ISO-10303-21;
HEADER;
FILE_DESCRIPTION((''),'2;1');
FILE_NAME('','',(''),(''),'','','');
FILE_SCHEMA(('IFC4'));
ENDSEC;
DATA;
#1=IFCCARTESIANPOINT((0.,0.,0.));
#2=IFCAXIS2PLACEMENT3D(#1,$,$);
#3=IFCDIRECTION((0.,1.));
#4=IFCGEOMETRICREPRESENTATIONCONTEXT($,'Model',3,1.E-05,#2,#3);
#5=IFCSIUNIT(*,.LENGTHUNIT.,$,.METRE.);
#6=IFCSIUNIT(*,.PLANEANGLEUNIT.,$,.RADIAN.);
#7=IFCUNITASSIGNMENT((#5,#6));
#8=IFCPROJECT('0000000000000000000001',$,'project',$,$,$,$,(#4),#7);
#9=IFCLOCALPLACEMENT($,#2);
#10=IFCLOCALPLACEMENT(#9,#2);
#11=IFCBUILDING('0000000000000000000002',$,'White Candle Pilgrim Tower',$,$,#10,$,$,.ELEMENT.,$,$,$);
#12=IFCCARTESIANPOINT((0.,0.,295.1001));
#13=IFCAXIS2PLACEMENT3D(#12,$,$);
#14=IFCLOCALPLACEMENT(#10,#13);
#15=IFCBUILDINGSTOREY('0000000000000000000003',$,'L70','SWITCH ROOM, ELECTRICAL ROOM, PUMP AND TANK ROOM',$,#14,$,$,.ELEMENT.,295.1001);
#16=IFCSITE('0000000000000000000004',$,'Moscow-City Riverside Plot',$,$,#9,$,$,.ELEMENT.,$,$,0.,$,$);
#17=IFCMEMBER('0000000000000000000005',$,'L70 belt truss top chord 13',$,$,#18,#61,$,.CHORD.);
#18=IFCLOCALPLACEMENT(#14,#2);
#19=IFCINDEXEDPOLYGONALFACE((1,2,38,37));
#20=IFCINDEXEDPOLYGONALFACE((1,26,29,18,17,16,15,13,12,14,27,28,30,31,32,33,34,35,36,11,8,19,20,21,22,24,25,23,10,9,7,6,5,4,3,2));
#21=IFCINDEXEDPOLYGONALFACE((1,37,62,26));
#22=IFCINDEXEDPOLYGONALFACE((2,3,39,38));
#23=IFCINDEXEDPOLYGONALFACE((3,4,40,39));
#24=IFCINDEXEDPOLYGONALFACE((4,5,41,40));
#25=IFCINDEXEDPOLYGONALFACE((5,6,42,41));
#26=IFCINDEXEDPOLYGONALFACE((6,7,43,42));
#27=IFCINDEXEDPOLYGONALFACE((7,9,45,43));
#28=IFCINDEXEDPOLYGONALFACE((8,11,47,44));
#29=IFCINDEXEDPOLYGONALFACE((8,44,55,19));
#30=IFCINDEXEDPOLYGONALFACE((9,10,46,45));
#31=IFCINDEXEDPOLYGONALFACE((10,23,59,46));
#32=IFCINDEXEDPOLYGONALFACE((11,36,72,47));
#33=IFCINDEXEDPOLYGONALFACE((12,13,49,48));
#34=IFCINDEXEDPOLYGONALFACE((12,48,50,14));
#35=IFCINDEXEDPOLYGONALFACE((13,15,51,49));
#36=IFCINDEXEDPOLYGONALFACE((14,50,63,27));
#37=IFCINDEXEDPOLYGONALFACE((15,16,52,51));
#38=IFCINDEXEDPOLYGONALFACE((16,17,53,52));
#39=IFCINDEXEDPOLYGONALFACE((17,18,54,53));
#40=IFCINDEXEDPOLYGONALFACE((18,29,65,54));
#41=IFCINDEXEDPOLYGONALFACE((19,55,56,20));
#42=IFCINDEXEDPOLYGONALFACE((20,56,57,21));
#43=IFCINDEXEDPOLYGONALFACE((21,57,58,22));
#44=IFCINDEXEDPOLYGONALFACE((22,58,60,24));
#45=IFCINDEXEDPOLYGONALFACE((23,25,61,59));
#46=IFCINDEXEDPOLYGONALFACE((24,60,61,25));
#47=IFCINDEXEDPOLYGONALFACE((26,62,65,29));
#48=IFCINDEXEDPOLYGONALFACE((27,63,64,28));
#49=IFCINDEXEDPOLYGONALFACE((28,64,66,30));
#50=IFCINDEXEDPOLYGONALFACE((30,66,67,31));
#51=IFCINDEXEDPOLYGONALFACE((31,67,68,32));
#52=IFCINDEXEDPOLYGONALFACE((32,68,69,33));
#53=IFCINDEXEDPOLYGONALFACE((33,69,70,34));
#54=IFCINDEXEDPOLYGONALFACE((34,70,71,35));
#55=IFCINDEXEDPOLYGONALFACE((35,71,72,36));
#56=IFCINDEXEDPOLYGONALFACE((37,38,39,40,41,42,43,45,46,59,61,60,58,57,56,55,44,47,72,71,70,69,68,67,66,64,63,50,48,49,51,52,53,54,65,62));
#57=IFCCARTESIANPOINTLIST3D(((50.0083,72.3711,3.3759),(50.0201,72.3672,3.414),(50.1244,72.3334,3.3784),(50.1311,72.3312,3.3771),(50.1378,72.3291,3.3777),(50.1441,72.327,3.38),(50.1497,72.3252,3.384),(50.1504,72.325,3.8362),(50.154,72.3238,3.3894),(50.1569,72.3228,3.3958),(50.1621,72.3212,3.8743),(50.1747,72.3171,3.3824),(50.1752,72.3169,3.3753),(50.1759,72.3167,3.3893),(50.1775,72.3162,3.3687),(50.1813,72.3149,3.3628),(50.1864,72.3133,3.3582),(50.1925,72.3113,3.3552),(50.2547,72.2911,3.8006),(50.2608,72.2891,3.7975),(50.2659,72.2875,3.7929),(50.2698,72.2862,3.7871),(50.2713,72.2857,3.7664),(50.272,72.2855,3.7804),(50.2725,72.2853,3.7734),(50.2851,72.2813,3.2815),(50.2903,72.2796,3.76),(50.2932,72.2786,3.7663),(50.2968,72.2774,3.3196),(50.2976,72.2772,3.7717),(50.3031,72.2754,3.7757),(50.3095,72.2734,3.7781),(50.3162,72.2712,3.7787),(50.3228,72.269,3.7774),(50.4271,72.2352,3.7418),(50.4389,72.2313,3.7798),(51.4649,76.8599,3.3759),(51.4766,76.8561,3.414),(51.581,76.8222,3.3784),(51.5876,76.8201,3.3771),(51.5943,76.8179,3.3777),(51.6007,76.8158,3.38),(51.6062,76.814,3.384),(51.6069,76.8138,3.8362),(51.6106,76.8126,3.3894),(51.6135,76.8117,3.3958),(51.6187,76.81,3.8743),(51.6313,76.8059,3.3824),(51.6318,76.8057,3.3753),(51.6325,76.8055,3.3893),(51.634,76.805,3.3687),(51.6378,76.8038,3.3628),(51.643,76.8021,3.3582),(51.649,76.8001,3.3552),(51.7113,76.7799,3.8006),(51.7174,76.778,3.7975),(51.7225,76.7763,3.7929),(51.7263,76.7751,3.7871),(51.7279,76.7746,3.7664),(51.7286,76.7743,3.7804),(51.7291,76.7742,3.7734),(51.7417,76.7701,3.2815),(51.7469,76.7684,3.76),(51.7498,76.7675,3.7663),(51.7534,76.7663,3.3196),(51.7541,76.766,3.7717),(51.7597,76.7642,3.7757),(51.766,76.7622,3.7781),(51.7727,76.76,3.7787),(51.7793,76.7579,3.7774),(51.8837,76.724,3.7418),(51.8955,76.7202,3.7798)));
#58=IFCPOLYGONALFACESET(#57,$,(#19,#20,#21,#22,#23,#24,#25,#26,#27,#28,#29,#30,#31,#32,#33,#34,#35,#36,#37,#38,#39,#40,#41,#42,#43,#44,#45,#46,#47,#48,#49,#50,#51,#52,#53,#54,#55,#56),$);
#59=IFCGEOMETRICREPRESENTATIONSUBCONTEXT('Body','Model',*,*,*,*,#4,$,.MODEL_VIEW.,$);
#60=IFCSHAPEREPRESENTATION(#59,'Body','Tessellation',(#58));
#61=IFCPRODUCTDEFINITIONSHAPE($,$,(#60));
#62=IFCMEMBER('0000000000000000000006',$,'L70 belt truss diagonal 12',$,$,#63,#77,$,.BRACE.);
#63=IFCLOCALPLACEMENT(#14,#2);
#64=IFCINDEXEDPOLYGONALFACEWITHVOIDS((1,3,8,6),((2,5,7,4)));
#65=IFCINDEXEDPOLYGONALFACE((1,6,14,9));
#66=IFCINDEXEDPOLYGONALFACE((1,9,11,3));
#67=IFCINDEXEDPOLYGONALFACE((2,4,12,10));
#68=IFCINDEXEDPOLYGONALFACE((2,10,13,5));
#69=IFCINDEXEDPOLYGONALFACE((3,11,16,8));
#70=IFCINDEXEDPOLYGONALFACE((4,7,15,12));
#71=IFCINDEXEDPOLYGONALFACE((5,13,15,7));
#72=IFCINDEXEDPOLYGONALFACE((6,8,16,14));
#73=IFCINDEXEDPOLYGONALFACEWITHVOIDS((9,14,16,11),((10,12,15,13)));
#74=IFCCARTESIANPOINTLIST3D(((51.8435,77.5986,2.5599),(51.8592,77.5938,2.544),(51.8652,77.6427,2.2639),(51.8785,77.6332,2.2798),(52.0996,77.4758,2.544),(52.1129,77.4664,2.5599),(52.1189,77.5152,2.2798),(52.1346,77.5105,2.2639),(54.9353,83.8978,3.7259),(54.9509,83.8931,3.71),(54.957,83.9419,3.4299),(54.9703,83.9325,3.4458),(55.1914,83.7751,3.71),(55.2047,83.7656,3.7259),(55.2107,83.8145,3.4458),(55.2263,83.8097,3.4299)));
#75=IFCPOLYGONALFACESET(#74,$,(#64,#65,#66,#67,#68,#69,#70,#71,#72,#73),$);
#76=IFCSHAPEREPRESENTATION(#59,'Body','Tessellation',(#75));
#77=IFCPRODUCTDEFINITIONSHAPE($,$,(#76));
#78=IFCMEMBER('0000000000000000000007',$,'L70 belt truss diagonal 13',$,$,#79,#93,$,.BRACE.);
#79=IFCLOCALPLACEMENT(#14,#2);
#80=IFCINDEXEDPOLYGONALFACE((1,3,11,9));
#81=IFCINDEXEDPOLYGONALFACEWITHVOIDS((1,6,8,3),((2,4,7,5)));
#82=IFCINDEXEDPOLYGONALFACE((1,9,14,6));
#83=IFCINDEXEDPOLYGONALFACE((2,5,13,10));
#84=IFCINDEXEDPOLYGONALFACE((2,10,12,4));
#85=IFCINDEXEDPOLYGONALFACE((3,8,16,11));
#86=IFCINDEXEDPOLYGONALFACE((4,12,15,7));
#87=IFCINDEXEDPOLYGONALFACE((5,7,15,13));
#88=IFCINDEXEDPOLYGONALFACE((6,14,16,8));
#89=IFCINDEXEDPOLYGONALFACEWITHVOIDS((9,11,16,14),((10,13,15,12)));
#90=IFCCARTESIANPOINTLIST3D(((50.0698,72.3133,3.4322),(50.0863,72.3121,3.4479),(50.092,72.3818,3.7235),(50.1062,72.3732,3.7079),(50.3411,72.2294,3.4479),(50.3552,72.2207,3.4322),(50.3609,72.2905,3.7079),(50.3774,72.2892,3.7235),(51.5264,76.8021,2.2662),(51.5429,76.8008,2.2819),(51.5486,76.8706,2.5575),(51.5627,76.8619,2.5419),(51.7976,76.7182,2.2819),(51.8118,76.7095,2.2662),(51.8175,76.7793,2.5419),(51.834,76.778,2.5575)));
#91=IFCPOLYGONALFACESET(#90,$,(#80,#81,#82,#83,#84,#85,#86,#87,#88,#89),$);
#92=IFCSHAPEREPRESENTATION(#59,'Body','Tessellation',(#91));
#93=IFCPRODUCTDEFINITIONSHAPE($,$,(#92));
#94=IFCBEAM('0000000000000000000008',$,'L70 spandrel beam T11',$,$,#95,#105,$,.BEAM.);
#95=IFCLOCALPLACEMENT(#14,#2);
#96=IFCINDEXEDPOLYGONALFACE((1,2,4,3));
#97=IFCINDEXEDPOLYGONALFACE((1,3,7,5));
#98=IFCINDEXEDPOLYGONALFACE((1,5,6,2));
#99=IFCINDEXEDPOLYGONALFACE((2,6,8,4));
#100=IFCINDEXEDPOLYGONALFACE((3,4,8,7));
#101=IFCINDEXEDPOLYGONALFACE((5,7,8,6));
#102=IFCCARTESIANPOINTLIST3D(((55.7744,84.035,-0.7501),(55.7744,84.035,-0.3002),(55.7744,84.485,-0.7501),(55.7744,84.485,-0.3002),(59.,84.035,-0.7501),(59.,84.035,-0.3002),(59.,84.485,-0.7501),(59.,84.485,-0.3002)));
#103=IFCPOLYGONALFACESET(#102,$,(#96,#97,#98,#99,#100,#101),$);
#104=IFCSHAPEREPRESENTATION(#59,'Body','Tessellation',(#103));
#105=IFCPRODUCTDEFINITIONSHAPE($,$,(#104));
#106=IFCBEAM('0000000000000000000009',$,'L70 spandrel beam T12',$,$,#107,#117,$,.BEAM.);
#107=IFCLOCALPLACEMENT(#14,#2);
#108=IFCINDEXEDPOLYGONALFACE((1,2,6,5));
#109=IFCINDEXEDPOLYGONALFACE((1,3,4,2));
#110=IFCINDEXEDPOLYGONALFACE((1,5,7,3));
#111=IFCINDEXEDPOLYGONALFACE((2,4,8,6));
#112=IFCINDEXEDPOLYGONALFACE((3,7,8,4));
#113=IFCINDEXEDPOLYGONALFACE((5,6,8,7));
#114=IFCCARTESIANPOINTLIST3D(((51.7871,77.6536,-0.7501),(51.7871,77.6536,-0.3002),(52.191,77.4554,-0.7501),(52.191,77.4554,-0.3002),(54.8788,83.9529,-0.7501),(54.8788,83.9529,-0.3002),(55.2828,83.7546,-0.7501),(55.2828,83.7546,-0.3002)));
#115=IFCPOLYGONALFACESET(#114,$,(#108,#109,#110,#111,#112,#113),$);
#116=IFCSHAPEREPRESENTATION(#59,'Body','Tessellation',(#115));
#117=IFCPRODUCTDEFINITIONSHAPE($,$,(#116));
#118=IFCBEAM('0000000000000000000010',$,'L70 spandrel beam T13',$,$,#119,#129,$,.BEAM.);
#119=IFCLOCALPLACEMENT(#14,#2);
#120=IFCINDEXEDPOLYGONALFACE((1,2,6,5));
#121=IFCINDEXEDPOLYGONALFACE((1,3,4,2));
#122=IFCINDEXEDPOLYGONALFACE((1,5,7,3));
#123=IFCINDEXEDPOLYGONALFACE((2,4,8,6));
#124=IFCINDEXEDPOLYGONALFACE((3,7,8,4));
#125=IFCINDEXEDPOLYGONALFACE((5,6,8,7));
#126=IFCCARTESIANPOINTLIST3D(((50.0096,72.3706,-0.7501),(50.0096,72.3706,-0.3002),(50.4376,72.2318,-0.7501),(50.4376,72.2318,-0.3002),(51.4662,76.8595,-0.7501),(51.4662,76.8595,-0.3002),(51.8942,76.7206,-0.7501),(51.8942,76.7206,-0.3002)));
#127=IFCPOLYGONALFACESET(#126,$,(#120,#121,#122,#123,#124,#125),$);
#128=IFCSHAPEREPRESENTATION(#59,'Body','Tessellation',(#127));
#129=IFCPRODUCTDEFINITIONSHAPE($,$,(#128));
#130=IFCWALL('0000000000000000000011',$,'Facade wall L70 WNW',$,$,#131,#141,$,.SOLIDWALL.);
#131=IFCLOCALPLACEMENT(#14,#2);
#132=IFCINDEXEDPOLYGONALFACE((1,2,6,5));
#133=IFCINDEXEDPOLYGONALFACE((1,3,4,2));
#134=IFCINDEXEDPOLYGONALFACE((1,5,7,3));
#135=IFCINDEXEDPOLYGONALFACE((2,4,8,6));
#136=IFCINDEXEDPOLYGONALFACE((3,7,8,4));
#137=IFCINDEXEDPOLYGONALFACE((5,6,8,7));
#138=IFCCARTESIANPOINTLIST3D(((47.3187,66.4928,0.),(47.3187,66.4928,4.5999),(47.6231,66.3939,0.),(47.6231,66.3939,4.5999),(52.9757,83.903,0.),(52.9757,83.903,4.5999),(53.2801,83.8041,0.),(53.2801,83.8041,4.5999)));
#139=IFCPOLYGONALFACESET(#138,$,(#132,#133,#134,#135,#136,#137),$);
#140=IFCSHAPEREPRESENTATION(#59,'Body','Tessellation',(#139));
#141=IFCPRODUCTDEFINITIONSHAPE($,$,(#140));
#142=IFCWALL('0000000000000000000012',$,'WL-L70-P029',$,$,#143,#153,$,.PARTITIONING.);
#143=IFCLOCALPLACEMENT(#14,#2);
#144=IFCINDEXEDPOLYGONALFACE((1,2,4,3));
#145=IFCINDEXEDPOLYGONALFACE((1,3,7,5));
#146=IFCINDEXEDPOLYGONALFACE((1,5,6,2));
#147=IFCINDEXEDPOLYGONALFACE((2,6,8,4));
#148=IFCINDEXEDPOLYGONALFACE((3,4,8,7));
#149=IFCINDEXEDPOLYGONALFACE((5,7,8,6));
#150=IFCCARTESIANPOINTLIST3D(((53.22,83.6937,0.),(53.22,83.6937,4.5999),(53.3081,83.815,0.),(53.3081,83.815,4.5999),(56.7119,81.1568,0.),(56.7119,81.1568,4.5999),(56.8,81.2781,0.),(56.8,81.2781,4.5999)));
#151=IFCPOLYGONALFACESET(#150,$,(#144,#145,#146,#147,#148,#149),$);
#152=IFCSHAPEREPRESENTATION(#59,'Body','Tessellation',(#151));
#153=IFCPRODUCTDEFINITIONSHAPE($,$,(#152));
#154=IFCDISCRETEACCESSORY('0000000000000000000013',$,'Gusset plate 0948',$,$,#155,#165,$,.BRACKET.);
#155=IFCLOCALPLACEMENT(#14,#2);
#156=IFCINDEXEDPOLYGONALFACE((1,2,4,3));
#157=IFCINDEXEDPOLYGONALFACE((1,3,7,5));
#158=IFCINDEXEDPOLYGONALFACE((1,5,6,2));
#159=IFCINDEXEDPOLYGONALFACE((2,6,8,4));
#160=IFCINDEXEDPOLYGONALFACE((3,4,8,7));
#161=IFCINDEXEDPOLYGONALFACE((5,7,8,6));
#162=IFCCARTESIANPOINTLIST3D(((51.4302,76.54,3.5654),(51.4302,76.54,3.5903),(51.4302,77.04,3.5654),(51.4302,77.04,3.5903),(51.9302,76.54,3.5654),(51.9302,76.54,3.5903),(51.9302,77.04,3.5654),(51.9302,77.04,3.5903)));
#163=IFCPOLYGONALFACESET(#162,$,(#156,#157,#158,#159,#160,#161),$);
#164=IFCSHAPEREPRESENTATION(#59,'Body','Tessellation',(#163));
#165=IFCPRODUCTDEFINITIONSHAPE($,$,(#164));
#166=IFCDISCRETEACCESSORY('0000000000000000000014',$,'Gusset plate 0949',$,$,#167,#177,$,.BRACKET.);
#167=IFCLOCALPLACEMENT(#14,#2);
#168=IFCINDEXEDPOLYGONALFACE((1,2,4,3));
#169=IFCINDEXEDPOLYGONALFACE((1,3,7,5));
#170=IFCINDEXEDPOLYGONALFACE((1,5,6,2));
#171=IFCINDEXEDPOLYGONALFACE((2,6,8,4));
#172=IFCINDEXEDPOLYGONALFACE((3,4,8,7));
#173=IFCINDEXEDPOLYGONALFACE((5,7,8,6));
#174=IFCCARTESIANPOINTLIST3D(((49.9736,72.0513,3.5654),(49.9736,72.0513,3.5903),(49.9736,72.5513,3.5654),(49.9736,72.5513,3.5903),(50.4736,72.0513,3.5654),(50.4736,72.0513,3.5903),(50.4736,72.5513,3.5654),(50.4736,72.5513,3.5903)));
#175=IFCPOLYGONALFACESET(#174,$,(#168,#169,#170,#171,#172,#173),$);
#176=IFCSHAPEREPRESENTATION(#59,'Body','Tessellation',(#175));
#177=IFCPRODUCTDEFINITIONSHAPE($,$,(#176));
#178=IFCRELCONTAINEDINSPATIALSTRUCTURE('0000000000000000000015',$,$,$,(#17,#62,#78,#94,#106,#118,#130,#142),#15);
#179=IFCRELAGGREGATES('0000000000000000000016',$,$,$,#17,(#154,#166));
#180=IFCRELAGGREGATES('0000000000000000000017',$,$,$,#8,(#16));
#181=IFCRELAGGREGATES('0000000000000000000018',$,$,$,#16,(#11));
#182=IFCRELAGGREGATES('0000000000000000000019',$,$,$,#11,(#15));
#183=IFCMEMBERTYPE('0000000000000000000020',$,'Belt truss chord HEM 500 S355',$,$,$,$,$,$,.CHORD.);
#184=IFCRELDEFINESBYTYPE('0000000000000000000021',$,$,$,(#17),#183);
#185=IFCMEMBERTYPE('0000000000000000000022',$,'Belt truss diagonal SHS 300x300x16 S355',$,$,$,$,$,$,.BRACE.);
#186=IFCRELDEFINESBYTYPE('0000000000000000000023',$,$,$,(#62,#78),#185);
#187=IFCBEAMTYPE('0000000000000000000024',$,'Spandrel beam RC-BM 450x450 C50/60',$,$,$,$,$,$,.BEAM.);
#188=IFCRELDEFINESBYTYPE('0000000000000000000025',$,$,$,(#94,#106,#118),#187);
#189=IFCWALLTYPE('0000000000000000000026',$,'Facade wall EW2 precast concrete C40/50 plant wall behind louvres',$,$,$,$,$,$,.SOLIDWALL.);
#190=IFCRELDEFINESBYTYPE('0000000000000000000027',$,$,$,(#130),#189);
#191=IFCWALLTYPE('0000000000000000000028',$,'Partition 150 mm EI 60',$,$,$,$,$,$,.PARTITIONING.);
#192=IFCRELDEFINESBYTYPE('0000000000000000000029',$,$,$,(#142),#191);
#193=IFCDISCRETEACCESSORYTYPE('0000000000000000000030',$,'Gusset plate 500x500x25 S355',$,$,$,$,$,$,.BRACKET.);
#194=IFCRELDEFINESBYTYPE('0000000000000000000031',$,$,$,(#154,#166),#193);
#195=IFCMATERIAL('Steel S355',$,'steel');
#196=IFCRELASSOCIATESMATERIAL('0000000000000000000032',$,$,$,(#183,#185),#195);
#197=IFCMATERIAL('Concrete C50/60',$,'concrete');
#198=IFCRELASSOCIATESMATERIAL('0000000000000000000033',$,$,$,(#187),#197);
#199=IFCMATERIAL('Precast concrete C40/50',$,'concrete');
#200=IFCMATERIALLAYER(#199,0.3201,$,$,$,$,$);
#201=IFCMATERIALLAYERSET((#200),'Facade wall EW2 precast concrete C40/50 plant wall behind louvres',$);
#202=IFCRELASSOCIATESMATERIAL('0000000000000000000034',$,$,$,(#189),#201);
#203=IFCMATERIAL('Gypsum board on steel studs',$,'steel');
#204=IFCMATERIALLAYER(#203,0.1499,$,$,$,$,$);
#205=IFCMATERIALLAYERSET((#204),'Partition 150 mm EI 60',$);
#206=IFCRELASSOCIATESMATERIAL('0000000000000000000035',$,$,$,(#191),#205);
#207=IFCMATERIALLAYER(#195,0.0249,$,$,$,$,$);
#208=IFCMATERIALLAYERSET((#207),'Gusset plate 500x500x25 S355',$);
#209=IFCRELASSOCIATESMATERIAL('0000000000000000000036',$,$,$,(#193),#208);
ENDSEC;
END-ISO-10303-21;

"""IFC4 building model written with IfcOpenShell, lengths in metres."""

from ifc_helpers import new_model, si_unit, direction, frame, frame_2d, origin, origin_2d, place, context, subcontext, project, spatial, rectangle, hollow_rectangle, i_section, extrude, material, layer, layer_set, material_profile, profile_set, type_object, element, aggregate, save


model = new_model("IFC4")

# Units and contexts
model_context = context("Model", 3, precision=1e-05, world=origin(), true_north=direction((0.0, 1.0)))
body_context = subcontext(model_context, "Body", "Model", "MODEL_VIEW")
ifc_project = project(units=[si_unit("LENGTHUNIT", "METRE"), si_unit("PLANEANGLEUNIT", "RADIAN")], contexts=[model_context])

# Site, building, storey
site_placement = place(None, origin())
site = spatial("IfcSite", under=ifc_project, at=site_placement, Name="Moscow-City Riverside Plot", CompositionType="ELEMENT", RefElevation=0.0)
building_placement = place(site_placement, origin())
building = spatial("IfcBuilding", under=site, at=building_placement, Name="White Candle Pilgrim Tower", CompositionType="ELEMENT")
storey_placement = place(building_placement, frame((0.0, 0.0, 295.1001)))
storey = spatial("IfcBuildingStorey", under=building, at=storey_placement, Name="L70", Description="SWITCH ROOM, ELECTRICAL ROOM, PUMP AND TANK ROOM", CompositionType="ELEMENT", Elevation=295.1001)

# Member
ifc_material_1 = material(Name="Steel S355", Category="steel")
ifc_material_profile_1 = material_profile(ifc_material_1, i_section(OverallWidth=0.3059, OverallDepth=0.5239, WebThickness=0.021, FlangeThickness=0.04, FilletRadius=0.0271, at=origin_2d()), Name="HEM 500")
ifc_profile_set_1 = profile_set([ifc_material_profile_1], Name="Steel S355")
member_type_1 = type_object("IfcMemberType", Name="Belt truss chord HEM 500 S355", PredefinedType="CHORD", material=ifc_profile_set_1)
member_1_placement = place(storey_placement, frame((51.6802, 76.79, 3.5779), z_axis=(-0.308644, -0.951178, 0.0), x_axis=(0.90474, -0.293576, -0.30864)))
member_1 = element("IfcMember", 1, at=member_1_placement, inside=storey, type_object=member_type_1, Name="L70 belt truss top chord 13", PredefinedType="CHORD", context=body_context, shape_type="SweptSolid", body=[
    extrude(i_section(OverallWidth=0.3059, OverallDepth=0.5239, WebThickness=0.021, FlangeThickness=0.04, FilletRadius=0.0271, at=origin_2d()), origin(), (0.0, 0.0, 1.0), 4.7192),
])

# Members
ifc_material_profile_2 = material_profile(ifc_material_1, hollow_rectangle(XDim=0.3, YDim=0.3, WallThickness=0.0161, at=origin_2d()), Name="SHS 300x300x16")
ifc_profile_set_2 = profile_set([ifc_material_profile_2], Name="Steel S355")
member_type_2 = type_object("IfcMemberType", Name="Belt truss diagonal SHS 300x300x16 S355", PredefinedType="BRACE", material=ifc_profile_set_2)
member_2_placement = place(storey_placement, frame((55.0808, 83.8538, 3.5779), z_axis=(-0.434645, -0.885559, -0.163919), x_axis=(0.897701, -0.440605, 0.0)))
element("IfcMember", 2, at=member_2_placement, inside=storey, type_object=member_type_2, Name="L70 belt truss diagonal 12", PredefinedType="BRACE", context=body_context, shape_type="SweptSolid", body=[
    extrude(hollow_rectangle(XDim=0.3, YDim=0.3, WallThickness=0.0161, at=origin_2d()), origin(), (0.0, 0.0, 1.0), 7.1133),
])
member_3_placement = place(storey_placement, frame((51.6802, 76.79, 2.4119), z_axis=(-0.299633, -0.923409, 0.239867), x_axis=(0.951178, -0.308644, 0.0)))
element("IfcMember", 3, at=member_3_placement, inside=storey, type_object=member_type_2, Name="L70 belt truss diagonal 13", PredefinedType="BRACE", context=body_context, shape_type="SweptSolid", body=[
    extrude(hollow_rectangle(XDim=0.3, YDim=0.3, WallThickness=0.0161, at=origin_2d()), origin(), (0.0, 0.0, 1.0), 4.8611),
])

# Beams
ifc_material_2 = material(Name="Concrete C50/60", Category="concrete")
ifc_material_profile_3 = material_profile(ifc_material_2, rectangle(XDim=0.45, YDim=0.45, at=origin_2d()), Name="RC-BM 450x450")
ifc_profile_set_3 = profile_set([ifc_material_profile_3], Name="Concrete C50/60")
beam_type = type_object("IfcBeamType", Name="Spandrel beam RC-BM 450x450 C50/60", PredefinedType="BEAM", material=ifc_profile_set_3)
beam_1_placement = place(storey_placement, frame((55.7744, 84.26, -0.5251), z_axis=(1.0, 0.0, 0.0), x_axis=(0.0, 1.0, 0.0)))
element("IfcBeam", 4, at=beam_1_placement, inside=storey, type_object=beam_type, Name="L70 spandrel beam T11", PredefinedType="BEAM", context=body_context, shape_type="SweptSolid", body=[
    extrude(rectangle(XDim=0.45, YDim=0.45, at=origin_2d()), origin(), (0.0, 0.0, 1.0), 3.2256),
])
beam_2_placement = place(storey_placement, frame((55.0808, 83.8538, -0.5251), z_axis=(-0.440605, -0.897701, 0.0), x_axis=(0.897701, -0.440605, 0.0)))
element("IfcBeam", 5, at=beam_2_placement, inside=storey, type_object=beam_type, Name="L70 spandrel beam T12", PredefinedType="BEAM", context=body_context, shape_type="SweptSolid", body=[
    extrude(rectangle(XDim=0.45, YDim=0.45, at=origin_2d()), origin(), (0.0, 0.0, 1.0), 7.0171),
])
beam_3_placement = place(storey_placement, frame((51.6802, 76.79, -0.5251), z_axis=(-0.308644, -0.951178, 0.0), x_axis=(0.951178, -0.308644, 0.0)))
element("IfcBeam", 6, at=beam_3_placement, inside=storey, type_object=beam_type, Name="L70 spandrel beam T13", PredefinedType="BEAM", context=body_context, shape_type="SweptSolid", body=[
    extrude(rectangle(XDim=0.45, YDim=0.45, at=origin_2d()), origin(), (0.0, 0.0, 1.0), 4.7192),
])

# Walls
ifc_material_3 = material(Name="Precast concrete C40/50", Category="concrete")
ifc_layer_1 = layer(ifc_material_3, 0.3201)
ifc_layer_set_1 = layer_set([ifc_layer_1], Name="Facade wall EW2 precast concrete C40/50 plant wall behind louvres")
wall_type_1 = type_object("IfcWallType", Name="Facade wall EW2 precast concrete C40/50 plant wall behind louvres", PredefinedType="SOLIDWALL", material=ifc_layer_set_1)
wall_1_placement = place(storey_placement, frame((53.1279, 83.8535, 0.0), z_axis=(0.0, 0.0, 1.0), x_axis=(-0.309021, -0.951055, 0.0)))
element("IfcWall", 7, at=wall_1_placement, inside=storey, type_object=wall_type_1, Name="Facade wall L70 WNW", PredefinedType="SOLIDWALL", context=body_context, shape_type="SweptSolid", body=[
    extrude(rectangle(XDim=18.3062, YDim=0.3201, at=frame_2d((9.1531, 0.0))), origin(), (0.0, 0.0, 1.0), 4.5999),
])
ifc_material_4 = material(Name="Gypsum board on steel studs", Category="steel")
ifc_layer_2 = layer(ifc_material_4, 0.1499)
ifc_layer_set_2 = layer_set([ifc_layer_2], Name="Partition 150 mm EI 60")
wall_type_2 = type_object("IfcWallType", Name="Partition 150 mm EI 60", PredefinedType="PARTITIONING", material=ifc_layer_set_2)
wall_2_placement = place(storey_placement, frame((53.2639, 83.7544, 0.0), z_axis=(0.0, 0.0, 1.0), x_axis=(0.809037, -0.587758, 0.0)))
element("IfcWall", 8, at=wall_2_placement, inside=storey, type_object=wall_type_2, Name="WL-L70-P029", PredefinedType="PARTITIONING", context=body_context, shape_type="SweptSolid", body=[
    extrude(rectangle(XDim=4.3162, YDim=0.1499, at=frame_2d((2.1582, 0.0))), origin(), (0.0, 0.0, 1.0), 4.5999),
])

# Discrete accessories
ifc_layer_3 = layer(ifc_material_1, 0.0249)
ifc_layer_set_3 = layer_set([ifc_layer_3], Name="Gusset plate 500x500x25 S355")
discrete_accessory_type_1 = type_object("IfcDiscreteAccessoryType", Name="Gusset plate 500x500x25 S355", PredefinedType="BRACKET", material=ifc_layer_set_3)
discrete_accessory_1_placement = place(storey_placement, frame((51.6802, 76.79, 3.5654), z_axis=(0.0, 0.0, 1.0), x_axis=(1.0, 0.0, 0.0)))
discrete_accessory_1 = element("IfcDiscreteAccessory", 9, at=discrete_accessory_1_placement, type_object=discrete_accessory_type_1, Name="Gusset plate 0948", PredefinedType="BRACKET", context=body_context, shape_type="SweptSolid", body=[
    extrude(rectangle(XDim=0.5, YDim=0.5, at=origin_2d()), origin(), (0.0, 0.0, 1.0), 0.0249),
])
discrete_accessory_2_placement = place(storey_placement, frame((50.2236, 72.3013, 3.5654), z_axis=(0.0, 0.0, 1.0), x_axis=(1.0, 0.0, 0.0)))
discrete_accessory_2 = element("IfcDiscreteAccessory", 10, at=discrete_accessory_2_placement, type_object=discrete_accessory_type_1, Name="Gusset plate 0949", PredefinedType="BRACKET", context=body_context, shape_type="SweptSolid", body=[
    extrude(rectangle(XDim=0.5, YDim=0.5, at=origin_2d()), origin(), (0.0, 0.0, 1.0), 0.0249),
])
aggregate(member_1, [discrete_accessory_1, discrete_accessory_2])

save(model, "model.ifc")
